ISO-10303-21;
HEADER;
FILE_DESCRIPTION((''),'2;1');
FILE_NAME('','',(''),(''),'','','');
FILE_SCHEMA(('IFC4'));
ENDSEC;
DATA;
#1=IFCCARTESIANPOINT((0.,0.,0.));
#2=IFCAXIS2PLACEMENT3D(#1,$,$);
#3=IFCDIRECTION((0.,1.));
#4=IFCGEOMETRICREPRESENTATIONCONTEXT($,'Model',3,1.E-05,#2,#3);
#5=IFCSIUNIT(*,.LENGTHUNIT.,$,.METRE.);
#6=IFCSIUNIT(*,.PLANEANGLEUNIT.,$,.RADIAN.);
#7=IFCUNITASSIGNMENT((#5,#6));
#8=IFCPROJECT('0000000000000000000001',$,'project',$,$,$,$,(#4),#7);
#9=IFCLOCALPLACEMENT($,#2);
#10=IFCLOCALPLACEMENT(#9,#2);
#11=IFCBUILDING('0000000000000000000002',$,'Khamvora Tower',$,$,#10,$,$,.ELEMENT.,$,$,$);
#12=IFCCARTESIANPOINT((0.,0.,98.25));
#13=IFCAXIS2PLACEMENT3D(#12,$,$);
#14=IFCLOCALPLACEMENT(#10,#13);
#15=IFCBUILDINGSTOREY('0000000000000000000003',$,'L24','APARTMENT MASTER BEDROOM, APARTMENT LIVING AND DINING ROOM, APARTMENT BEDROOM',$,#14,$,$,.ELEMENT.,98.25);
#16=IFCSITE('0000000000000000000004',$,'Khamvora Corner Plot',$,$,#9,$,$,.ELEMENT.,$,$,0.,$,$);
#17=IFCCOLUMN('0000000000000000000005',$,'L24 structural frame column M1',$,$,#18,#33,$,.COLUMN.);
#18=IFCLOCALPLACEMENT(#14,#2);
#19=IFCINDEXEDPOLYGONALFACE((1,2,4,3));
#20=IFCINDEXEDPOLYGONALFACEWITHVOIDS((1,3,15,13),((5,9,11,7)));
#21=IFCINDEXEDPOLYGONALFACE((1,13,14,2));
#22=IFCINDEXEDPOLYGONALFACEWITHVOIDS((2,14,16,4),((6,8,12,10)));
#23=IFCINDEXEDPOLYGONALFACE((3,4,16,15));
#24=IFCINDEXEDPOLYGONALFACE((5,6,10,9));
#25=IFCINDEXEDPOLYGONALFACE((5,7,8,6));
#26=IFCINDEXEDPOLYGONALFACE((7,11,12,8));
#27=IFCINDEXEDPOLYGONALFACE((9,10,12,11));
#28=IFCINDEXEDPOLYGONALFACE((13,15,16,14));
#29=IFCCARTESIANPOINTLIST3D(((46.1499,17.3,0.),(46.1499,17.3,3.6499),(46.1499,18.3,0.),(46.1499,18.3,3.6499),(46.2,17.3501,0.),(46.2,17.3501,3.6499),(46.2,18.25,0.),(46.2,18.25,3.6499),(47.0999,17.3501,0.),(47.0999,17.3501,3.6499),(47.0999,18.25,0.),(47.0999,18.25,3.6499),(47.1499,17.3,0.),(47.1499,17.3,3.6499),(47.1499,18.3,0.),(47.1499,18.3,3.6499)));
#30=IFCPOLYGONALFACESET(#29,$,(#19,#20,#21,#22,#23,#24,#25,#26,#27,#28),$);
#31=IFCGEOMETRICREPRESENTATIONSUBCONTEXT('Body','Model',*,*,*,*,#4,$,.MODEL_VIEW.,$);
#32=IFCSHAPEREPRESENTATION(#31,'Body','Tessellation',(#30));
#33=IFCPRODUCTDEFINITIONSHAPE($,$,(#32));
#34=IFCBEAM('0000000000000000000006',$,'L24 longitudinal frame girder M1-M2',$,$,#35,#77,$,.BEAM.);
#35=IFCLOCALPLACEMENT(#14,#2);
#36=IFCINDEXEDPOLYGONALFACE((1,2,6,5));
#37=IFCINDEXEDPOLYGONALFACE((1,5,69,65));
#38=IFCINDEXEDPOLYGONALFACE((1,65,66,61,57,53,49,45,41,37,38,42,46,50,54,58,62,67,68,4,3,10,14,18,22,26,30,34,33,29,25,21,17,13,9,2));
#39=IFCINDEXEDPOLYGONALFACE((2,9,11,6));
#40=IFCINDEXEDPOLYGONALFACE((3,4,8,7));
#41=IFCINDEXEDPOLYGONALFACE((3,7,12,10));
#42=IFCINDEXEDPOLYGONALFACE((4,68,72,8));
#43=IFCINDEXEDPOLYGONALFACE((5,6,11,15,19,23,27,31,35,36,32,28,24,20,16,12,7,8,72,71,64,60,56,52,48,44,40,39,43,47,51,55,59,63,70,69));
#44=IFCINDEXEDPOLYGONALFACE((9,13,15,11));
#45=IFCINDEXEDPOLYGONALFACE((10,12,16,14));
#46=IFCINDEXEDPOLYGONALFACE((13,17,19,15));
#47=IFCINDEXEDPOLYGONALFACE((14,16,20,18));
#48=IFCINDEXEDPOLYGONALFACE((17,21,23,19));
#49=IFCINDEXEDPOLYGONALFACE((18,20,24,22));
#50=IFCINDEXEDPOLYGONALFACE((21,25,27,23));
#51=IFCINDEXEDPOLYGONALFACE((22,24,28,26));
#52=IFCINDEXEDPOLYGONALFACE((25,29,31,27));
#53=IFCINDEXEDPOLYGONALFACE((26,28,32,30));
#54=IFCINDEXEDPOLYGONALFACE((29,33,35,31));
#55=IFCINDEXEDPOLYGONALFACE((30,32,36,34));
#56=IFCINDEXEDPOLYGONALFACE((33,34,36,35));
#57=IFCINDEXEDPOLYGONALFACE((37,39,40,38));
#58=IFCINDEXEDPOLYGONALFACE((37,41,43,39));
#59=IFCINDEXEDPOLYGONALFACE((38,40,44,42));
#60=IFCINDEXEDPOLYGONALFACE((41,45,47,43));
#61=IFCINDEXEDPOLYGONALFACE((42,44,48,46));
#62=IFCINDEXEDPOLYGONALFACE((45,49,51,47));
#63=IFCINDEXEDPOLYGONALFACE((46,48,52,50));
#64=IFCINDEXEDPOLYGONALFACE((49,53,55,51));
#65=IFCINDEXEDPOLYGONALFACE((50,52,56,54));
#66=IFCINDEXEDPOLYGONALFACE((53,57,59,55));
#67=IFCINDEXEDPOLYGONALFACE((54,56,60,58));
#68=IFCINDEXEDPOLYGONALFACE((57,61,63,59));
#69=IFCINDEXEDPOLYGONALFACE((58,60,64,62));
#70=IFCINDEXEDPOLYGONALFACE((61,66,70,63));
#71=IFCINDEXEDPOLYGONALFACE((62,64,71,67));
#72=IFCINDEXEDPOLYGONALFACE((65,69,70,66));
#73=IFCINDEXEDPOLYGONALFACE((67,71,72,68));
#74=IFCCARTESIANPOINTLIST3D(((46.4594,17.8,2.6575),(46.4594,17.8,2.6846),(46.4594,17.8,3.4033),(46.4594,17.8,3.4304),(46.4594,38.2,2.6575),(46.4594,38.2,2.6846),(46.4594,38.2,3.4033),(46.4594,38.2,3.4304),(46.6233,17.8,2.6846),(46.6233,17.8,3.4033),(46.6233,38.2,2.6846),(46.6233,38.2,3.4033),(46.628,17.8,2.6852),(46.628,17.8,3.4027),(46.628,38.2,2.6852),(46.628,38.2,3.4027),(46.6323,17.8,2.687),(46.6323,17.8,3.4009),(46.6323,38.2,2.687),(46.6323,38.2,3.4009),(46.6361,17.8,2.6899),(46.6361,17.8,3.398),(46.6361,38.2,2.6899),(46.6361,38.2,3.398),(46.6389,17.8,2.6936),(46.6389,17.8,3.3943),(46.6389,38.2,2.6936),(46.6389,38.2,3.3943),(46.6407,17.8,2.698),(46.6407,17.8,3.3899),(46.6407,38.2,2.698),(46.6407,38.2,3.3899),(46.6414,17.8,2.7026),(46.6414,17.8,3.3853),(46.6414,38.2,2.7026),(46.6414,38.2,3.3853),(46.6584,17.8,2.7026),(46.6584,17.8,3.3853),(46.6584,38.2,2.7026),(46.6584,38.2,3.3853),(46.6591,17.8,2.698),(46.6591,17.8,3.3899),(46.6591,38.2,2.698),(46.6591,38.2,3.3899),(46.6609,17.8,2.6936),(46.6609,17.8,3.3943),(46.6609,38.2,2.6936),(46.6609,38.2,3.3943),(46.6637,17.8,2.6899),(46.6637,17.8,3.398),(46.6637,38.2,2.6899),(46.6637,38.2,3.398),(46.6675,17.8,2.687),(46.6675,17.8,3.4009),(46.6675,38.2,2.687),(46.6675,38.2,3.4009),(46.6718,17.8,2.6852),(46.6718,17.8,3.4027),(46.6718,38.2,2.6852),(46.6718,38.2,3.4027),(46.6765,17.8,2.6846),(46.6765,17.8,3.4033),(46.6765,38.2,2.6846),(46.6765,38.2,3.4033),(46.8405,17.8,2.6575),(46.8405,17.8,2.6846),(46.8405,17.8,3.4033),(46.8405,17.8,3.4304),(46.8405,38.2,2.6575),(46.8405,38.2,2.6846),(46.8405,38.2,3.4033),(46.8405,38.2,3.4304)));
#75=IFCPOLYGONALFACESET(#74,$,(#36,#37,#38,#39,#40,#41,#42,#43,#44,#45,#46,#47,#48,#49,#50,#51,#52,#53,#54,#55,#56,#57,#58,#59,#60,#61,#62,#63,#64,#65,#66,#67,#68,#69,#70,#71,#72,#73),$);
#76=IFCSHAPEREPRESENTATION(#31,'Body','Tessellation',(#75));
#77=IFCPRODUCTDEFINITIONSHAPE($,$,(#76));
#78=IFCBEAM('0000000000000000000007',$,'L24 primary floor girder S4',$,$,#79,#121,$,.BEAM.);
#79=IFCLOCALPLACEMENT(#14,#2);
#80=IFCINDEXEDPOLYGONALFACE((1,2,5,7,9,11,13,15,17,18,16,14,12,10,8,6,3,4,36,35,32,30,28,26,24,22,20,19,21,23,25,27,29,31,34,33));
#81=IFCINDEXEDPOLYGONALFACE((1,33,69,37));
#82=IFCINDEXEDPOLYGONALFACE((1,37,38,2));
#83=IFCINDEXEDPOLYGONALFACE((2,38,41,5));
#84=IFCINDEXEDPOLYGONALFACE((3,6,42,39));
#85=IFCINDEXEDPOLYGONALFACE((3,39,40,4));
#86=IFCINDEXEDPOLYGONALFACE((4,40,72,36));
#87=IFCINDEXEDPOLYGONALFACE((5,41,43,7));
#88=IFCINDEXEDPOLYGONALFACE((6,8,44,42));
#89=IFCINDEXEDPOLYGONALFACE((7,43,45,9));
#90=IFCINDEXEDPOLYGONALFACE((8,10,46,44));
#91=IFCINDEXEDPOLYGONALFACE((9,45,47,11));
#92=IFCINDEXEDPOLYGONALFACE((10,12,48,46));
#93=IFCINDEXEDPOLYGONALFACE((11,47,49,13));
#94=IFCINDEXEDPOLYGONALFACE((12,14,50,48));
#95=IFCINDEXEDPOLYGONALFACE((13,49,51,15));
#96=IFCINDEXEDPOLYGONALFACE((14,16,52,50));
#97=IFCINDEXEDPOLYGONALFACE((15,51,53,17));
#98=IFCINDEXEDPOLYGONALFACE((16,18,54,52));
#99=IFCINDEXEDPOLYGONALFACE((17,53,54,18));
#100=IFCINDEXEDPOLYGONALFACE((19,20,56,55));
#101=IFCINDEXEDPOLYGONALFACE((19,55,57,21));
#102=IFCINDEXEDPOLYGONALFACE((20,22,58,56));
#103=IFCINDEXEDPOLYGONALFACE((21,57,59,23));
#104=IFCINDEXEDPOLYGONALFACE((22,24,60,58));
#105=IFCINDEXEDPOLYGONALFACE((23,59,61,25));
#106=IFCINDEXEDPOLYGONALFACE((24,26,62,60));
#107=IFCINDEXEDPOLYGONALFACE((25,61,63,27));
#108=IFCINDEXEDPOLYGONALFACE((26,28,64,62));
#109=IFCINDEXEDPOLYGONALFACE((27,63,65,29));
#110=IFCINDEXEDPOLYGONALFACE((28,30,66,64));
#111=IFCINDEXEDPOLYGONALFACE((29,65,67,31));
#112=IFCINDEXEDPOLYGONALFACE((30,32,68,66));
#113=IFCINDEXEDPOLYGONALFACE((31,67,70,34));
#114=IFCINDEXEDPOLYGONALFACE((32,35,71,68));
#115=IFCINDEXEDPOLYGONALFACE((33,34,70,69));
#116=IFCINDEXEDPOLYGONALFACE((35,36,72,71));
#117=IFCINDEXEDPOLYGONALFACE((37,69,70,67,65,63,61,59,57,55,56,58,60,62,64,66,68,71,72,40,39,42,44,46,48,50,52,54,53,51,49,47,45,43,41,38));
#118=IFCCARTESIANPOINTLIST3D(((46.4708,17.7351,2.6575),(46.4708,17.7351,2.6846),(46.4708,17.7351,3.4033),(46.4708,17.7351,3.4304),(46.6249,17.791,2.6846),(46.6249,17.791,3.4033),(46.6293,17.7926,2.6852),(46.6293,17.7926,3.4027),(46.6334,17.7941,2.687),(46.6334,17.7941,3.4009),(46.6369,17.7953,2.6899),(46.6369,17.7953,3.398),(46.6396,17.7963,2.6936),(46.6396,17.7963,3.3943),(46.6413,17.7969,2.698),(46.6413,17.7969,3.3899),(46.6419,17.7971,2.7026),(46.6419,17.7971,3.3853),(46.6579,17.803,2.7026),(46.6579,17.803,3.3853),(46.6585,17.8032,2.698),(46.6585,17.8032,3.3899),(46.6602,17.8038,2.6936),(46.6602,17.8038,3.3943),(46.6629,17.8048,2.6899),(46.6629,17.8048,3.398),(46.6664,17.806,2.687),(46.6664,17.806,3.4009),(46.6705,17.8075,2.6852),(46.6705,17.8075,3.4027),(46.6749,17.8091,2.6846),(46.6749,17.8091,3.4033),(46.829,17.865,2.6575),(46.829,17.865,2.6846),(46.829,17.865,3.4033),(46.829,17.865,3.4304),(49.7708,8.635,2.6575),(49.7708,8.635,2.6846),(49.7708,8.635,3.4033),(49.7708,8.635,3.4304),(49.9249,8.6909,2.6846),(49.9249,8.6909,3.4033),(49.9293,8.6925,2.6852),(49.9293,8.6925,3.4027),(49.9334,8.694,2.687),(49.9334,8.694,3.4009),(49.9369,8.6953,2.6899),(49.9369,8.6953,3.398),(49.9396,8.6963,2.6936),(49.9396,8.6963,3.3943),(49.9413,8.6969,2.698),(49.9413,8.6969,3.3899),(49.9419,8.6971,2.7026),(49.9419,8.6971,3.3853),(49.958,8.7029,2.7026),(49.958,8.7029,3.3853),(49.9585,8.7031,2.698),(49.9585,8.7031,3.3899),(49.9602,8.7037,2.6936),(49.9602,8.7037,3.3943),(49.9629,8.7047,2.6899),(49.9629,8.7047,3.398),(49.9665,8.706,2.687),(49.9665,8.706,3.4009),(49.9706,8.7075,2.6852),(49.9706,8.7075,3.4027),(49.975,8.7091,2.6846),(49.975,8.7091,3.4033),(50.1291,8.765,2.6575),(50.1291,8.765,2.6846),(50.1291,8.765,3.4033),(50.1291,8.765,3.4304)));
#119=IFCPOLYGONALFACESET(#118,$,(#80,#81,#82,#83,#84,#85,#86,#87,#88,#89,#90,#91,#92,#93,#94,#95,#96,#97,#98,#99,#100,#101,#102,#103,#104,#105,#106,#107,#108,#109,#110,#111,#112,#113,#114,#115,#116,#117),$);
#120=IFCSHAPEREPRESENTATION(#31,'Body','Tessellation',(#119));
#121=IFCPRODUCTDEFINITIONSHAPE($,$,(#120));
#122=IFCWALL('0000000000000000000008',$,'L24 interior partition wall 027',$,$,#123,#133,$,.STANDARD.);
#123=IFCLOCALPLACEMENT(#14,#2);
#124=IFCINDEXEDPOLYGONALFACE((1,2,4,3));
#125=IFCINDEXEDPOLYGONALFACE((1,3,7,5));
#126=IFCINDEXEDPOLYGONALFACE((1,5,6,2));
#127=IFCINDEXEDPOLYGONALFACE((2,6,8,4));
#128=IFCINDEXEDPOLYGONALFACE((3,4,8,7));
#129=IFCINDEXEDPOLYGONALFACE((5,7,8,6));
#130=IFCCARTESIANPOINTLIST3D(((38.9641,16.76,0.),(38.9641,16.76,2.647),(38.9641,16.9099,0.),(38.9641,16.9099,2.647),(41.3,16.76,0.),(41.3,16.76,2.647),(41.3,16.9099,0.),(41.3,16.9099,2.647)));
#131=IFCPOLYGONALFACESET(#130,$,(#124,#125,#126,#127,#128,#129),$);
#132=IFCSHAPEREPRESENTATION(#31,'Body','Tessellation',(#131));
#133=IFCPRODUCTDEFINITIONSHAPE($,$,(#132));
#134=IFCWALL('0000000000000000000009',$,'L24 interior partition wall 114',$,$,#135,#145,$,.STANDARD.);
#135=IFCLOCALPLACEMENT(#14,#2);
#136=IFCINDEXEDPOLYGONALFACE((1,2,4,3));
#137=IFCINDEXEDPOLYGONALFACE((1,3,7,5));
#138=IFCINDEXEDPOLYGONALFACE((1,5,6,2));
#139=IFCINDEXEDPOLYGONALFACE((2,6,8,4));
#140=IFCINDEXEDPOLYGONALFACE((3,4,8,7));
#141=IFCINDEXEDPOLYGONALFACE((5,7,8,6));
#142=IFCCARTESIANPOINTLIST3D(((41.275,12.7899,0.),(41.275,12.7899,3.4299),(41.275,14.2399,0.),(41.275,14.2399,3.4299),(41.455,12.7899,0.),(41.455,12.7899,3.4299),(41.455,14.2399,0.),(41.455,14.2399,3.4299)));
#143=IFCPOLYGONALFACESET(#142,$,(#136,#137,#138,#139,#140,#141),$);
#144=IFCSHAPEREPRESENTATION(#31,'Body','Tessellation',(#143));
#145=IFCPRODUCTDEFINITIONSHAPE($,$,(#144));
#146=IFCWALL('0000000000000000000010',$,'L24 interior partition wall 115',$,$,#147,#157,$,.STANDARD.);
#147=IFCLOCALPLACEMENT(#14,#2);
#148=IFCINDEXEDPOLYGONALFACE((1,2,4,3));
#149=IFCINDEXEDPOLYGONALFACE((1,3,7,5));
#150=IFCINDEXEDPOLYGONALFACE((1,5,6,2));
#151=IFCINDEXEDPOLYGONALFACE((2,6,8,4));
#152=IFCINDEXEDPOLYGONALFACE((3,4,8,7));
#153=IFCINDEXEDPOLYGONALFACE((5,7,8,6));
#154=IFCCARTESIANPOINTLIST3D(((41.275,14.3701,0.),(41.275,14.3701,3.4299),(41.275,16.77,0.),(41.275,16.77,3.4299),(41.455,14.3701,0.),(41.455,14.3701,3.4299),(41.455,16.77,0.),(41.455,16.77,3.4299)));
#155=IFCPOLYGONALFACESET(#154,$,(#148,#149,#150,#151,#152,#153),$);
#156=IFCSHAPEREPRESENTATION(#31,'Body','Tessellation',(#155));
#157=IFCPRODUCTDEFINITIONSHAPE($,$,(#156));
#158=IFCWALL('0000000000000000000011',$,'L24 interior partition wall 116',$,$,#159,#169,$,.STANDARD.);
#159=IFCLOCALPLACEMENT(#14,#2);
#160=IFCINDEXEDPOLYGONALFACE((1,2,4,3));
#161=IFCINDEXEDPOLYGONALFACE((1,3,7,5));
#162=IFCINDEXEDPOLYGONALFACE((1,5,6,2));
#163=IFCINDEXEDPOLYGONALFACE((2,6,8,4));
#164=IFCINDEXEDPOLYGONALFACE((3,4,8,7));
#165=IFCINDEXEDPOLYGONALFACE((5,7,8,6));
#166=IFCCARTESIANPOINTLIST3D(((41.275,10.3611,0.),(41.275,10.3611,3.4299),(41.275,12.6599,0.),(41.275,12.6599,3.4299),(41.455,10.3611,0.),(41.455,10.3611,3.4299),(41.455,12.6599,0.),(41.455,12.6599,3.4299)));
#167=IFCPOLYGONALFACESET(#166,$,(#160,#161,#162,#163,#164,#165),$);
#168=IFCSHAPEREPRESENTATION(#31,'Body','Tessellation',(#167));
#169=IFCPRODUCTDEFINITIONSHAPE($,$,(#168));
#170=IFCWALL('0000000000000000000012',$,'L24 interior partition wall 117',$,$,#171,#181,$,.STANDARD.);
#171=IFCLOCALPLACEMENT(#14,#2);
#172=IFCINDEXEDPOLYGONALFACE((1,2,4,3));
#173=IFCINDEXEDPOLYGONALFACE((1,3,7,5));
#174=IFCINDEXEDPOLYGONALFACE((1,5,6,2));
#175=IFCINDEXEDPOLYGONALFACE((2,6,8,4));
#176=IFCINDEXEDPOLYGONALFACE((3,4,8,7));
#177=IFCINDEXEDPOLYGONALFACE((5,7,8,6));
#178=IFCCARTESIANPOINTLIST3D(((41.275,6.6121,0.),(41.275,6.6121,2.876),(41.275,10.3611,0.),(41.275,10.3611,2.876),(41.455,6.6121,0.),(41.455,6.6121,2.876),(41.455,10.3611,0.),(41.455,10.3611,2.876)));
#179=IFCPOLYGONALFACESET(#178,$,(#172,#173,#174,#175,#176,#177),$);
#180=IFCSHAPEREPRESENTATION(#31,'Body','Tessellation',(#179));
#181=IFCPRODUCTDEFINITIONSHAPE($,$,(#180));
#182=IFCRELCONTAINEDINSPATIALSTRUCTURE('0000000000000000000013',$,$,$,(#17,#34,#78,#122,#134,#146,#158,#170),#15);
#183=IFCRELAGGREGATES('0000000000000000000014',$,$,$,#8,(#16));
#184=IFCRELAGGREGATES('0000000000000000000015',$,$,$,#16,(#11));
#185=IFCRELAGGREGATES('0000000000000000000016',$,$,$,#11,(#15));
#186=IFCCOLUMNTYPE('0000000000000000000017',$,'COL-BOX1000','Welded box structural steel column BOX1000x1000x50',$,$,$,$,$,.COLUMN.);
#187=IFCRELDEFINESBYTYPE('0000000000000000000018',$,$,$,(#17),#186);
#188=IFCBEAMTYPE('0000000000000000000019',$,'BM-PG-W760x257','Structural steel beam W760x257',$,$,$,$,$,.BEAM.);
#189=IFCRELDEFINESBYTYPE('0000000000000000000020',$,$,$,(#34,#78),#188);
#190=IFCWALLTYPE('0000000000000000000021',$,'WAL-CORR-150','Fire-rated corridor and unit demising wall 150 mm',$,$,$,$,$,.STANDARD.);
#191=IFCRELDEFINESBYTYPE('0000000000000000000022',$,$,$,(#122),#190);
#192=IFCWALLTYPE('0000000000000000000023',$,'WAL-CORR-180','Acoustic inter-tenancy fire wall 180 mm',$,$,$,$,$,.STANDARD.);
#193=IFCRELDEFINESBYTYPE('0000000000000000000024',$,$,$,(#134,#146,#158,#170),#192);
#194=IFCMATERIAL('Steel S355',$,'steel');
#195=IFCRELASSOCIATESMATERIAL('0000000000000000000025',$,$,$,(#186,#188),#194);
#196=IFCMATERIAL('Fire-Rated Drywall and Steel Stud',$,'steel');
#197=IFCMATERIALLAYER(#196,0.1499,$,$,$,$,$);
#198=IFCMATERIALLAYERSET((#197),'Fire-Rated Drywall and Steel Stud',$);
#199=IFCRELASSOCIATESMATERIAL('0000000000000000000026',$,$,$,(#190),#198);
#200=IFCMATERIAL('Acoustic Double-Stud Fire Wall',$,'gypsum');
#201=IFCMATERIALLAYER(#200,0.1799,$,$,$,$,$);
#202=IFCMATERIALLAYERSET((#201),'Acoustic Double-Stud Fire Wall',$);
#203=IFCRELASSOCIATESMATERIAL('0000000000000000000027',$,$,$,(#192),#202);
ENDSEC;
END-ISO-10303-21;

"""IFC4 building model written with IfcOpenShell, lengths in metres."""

from ifc_helpers import new_model, si_unit, direction, frame, frame_2d, origin, origin_2d, place, context, subcontext, project, spatial, rectangle, hollow_rectangle, i_section, extrude, material, layer, layer_set, material_profile, profile_set, type_object, element, save


model = new_model("IFC4")

# Units and contexts
model_context = context("Model", 3, precision=1e-05, world=origin(), true_north=direction((0.0, 1.0)))
body_context = subcontext(model_context, "Body", "Model", "MODEL_VIEW")
ifc_project = project(units=[si_unit("LENGTHUNIT", "METRE"), si_unit("PLANEANGLEUNIT", "RADIAN")], contexts=[model_context])

# Site, building, storey
site_placement = place(None, origin())
site = spatial("IfcSite", under=ifc_project, at=site_placement, Name="Khamvora Corner Plot", CompositionType="ELEMENT", RefElevation=0.0)
building_placement = place(site_placement, origin())
building = spatial("IfcBuilding", under=site, at=building_placement, Name="Khamvora Tower", CompositionType="ELEMENT")
storey_placement = place(building_placement, frame((0.0, 0.0, 98.25)))
storey = spatial("IfcBuildingStorey", under=building, at=storey_placement, Name="L24", Description="APARTMENT MASTER BEDROOM, APARTMENT LIVING AND DINING ROOM, APARTMENT BEDROOM", CompositionType="ELEMENT", Elevation=98.25)

# Column
ifc_material_1 = material(Name="Steel S355", Category="steel")
ifc_material_profile_1 = material_profile(ifc_material_1, hollow_rectangle(XDim=1.0, YDim=1.0, WallThickness=0.05, at=origin_2d()), Name="BOX1000x1000x50")
ifc_profile_set_1 = profile_set([ifc_material_profile_1], Name="Steel S355")
column_type = type_object("IfcColumnType", Name="COL-BOX1000", Description="Welded box structural steel column BOX1000x1000x50", PredefinedType="COLUMN", material=ifc_profile_set_1)
column_placement = place(storey_placement, frame((46.6499, 17.8, 0.0), z_axis=(0.0, 0.0, 1.0), x_axis=(1.0, 0.0, 0.0)))
element("IfcColumn", 1, at=column_placement, inside=storey, type_object=column_type, Name="L24 structural frame column M1", PredefinedType="COLUMN", context=body_context, shape_type="SweptSolid", body=[
    extrude(hollow_rectangle(XDim=1.0, YDim=1.0, WallThickness=0.05, at=origin_2d()), origin(), (0.0, 0.0, 1.0), 3.6499),
])

# Beams
ifc_material_profile_2 = material_profile(ifc_material_1, i_section(OverallWidth=0.3811, OverallDepth=0.7729, WebThickness=0.0171, FlangeThickness=0.0271, FilletRadius=0.0181, at=origin_2d()), Name="W760x257")
ifc_profile_set_2 = profile_set([ifc_material_profile_2], Name="Steel S355")
beam_type = type_object("IfcBeamType", Name="BM-PG-W760x257", Description="Structural steel beam W760x257", PredefinedType="BEAM", material=ifc_profile_set_2)
beam_1_placement = place(storey_placement, frame((46.6499, 17.8, 3.0439), z_axis=(0.0, 1.0, 0.0), x_axis=(-1.0, 0.0, 0.0)))
element("IfcBeam", 2, at=beam_1_placement, inside=storey, type_object=beam_type, Name="L24 longitudinal frame girder M1-M2", PredefinedType="BEAM", context=body_context, shape_type="SweptSolid", body=[
    extrude(i_section(OverallWidth=0.3811, OverallDepth=0.7729, WebThickness=0.0171, FlangeThickness=0.0271, FilletRadius=0.0181, at=origin_2d()), origin(), (0.0, 0.0, 1.0), 20.3999),
])
beam_2_placement = place(storey_placement, frame((46.6499, 17.8, 3.0439), z_axis=(0.340915, -0.940094, 0.0), x_axis=(0.940094, 0.340915, 0.0)))
element("IfcBeam", 3, at=beam_2_placement, inside=storey, type_object=beam_type, Name="L24 primary floor girder S4", PredefinedType="BEAM", context=body_context, shape_type="SweptSolid", body=[
    extrude(i_section(OverallWidth=0.3811, OverallDepth=0.7729, WebThickness=0.0171, FlangeThickness=0.0271, FilletRadius=0.0181, at=origin_2d()), origin(), (0.0, 0.0, 1.0), 9.6799),
])

# Walls
ifc_material_2 = material(Name="Fire-Rated Drywall and Steel Stud", Category="steel")
ifc_layer_1 = layer(ifc_material_2, 0.1499)
ifc_layer_set_1 = layer_set([ifc_layer_1], Name="Fire-Rated Drywall and Steel Stud")
wall_type_1 = type_object("IfcWallType", Name="WAL-CORR-150", Description="Fire-rated corridor and unit demising wall 150 mm", PredefinedType="STANDARD", material=ifc_layer_set_1)
wall_1_placement = place(storey_placement, frame((41.3, 16.835, 0.0), z_axis=(0.0, 0.0, 1.0), x_axis=(-1.0, 0.0, 0.0)))
element("IfcWall", 4, at=wall_1_placement, inside=storey, type_object=wall_type_1, Name="L24 interior partition wall 027", PredefinedType="STANDARD", context=body_context, shape_type="SweptSolid", body=[
    extrude(rectangle(XDim=2.3359, YDim=0.1499, at=frame_2d((1.168, 0.0))), origin(), (0.0, 0.0, 1.0), 2.647),
])
ifc_material_3 = material(Name="Acoustic Double-Stud Fire Wall", Category="gypsum")
ifc_layer_2 = layer(ifc_material_3, 0.1799)
ifc_layer_set_2 = layer_set([ifc_layer_2], Name="Acoustic Double-Stud Fire Wall")
wall_type_2 = type_object("IfcWallType", Name="WAL-CORR-180", Description="Acoustic inter-tenancy fire wall 180 mm", PredefinedType="STANDARD", material=ifc_layer_set_2)
wall_2_placement = place(storey_placement, frame((41.365, 14.24, 0.0), z_axis=(0.0, 0.0, 1.0), x_axis=(0.0, -1.0, 0.0)))
element("IfcWall", 5, at=wall_2_placement, inside=storey, type_object=wall_type_2, Name="L24 interior partition wall 114", PredefinedType="STANDARD", context=body_context, shape_type="SweptSolid", body=[
    extrude(rectangle(XDim=1.45, YDim=0.1799, at=frame_2d((0.7251, 0.0))), origin(), (0.0, 0.0, 1.0), 3.4299),
])
wall_3_placement = place(storey_placement, frame((41.365, 16.77, 0.0), z_axis=(0.0, 0.0, 1.0), x_axis=(0.0, -1.0, 0.0)))
element("IfcWall", 6, at=wall_3_placement, inside=storey, type_object=wall_type_2, Name="L24 interior partition wall 115", PredefinedType="STANDARD", context=body_context, shape_type="SweptSolid", body=[
    extrude(rectangle(XDim=2.3999, YDim=0.1799, at=frame_2d((1.2, 0.0))), origin(), (0.0, 0.0, 1.0), 3.4299),
])
wall_4_placement = place(storey_placement, frame((41.365, 12.6599, 0.0), z_axis=(0.0, 0.0, 1.0), x_axis=(0.0, -1.0, 0.0)))
element("IfcWall", 7, at=wall_4_placement, inside=storey, type_object=wall_type_2, Name="L24 interior partition wall 116", PredefinedType="STANDARD", context=body_context, shape_type="SweptSolid", body=[
    extrude(rectangle(XDim=2.2988, YDim=0.1799, at=frame_2d((1.1494, 0.0))), origin(), (0.0, 0.0, 1.0), 3.4299),
])
wall_5_placement = place(storey_placement, frame((41.365, 10.3611, 0.0), z_axis=(0.0, 0.0, 1.0), x_axis=(0.0, -1.0, 0.0)))
element("IfcWall", 8, at=wall_5_placement, inside=storey, type_object=wall_type_2, Name="L24 interior partition wall 117", PredefinedType="STANDARD", context=body_context, shape_type="SweptSolid", body=[
    extrude(rectangle(XDim=3.749, YDim=0.1799, at=frame_2d((1.8745, 0.0))), origin(), (0.0, 0.0, 1.0), 2.876),
])

save(model, "model.ifc")
